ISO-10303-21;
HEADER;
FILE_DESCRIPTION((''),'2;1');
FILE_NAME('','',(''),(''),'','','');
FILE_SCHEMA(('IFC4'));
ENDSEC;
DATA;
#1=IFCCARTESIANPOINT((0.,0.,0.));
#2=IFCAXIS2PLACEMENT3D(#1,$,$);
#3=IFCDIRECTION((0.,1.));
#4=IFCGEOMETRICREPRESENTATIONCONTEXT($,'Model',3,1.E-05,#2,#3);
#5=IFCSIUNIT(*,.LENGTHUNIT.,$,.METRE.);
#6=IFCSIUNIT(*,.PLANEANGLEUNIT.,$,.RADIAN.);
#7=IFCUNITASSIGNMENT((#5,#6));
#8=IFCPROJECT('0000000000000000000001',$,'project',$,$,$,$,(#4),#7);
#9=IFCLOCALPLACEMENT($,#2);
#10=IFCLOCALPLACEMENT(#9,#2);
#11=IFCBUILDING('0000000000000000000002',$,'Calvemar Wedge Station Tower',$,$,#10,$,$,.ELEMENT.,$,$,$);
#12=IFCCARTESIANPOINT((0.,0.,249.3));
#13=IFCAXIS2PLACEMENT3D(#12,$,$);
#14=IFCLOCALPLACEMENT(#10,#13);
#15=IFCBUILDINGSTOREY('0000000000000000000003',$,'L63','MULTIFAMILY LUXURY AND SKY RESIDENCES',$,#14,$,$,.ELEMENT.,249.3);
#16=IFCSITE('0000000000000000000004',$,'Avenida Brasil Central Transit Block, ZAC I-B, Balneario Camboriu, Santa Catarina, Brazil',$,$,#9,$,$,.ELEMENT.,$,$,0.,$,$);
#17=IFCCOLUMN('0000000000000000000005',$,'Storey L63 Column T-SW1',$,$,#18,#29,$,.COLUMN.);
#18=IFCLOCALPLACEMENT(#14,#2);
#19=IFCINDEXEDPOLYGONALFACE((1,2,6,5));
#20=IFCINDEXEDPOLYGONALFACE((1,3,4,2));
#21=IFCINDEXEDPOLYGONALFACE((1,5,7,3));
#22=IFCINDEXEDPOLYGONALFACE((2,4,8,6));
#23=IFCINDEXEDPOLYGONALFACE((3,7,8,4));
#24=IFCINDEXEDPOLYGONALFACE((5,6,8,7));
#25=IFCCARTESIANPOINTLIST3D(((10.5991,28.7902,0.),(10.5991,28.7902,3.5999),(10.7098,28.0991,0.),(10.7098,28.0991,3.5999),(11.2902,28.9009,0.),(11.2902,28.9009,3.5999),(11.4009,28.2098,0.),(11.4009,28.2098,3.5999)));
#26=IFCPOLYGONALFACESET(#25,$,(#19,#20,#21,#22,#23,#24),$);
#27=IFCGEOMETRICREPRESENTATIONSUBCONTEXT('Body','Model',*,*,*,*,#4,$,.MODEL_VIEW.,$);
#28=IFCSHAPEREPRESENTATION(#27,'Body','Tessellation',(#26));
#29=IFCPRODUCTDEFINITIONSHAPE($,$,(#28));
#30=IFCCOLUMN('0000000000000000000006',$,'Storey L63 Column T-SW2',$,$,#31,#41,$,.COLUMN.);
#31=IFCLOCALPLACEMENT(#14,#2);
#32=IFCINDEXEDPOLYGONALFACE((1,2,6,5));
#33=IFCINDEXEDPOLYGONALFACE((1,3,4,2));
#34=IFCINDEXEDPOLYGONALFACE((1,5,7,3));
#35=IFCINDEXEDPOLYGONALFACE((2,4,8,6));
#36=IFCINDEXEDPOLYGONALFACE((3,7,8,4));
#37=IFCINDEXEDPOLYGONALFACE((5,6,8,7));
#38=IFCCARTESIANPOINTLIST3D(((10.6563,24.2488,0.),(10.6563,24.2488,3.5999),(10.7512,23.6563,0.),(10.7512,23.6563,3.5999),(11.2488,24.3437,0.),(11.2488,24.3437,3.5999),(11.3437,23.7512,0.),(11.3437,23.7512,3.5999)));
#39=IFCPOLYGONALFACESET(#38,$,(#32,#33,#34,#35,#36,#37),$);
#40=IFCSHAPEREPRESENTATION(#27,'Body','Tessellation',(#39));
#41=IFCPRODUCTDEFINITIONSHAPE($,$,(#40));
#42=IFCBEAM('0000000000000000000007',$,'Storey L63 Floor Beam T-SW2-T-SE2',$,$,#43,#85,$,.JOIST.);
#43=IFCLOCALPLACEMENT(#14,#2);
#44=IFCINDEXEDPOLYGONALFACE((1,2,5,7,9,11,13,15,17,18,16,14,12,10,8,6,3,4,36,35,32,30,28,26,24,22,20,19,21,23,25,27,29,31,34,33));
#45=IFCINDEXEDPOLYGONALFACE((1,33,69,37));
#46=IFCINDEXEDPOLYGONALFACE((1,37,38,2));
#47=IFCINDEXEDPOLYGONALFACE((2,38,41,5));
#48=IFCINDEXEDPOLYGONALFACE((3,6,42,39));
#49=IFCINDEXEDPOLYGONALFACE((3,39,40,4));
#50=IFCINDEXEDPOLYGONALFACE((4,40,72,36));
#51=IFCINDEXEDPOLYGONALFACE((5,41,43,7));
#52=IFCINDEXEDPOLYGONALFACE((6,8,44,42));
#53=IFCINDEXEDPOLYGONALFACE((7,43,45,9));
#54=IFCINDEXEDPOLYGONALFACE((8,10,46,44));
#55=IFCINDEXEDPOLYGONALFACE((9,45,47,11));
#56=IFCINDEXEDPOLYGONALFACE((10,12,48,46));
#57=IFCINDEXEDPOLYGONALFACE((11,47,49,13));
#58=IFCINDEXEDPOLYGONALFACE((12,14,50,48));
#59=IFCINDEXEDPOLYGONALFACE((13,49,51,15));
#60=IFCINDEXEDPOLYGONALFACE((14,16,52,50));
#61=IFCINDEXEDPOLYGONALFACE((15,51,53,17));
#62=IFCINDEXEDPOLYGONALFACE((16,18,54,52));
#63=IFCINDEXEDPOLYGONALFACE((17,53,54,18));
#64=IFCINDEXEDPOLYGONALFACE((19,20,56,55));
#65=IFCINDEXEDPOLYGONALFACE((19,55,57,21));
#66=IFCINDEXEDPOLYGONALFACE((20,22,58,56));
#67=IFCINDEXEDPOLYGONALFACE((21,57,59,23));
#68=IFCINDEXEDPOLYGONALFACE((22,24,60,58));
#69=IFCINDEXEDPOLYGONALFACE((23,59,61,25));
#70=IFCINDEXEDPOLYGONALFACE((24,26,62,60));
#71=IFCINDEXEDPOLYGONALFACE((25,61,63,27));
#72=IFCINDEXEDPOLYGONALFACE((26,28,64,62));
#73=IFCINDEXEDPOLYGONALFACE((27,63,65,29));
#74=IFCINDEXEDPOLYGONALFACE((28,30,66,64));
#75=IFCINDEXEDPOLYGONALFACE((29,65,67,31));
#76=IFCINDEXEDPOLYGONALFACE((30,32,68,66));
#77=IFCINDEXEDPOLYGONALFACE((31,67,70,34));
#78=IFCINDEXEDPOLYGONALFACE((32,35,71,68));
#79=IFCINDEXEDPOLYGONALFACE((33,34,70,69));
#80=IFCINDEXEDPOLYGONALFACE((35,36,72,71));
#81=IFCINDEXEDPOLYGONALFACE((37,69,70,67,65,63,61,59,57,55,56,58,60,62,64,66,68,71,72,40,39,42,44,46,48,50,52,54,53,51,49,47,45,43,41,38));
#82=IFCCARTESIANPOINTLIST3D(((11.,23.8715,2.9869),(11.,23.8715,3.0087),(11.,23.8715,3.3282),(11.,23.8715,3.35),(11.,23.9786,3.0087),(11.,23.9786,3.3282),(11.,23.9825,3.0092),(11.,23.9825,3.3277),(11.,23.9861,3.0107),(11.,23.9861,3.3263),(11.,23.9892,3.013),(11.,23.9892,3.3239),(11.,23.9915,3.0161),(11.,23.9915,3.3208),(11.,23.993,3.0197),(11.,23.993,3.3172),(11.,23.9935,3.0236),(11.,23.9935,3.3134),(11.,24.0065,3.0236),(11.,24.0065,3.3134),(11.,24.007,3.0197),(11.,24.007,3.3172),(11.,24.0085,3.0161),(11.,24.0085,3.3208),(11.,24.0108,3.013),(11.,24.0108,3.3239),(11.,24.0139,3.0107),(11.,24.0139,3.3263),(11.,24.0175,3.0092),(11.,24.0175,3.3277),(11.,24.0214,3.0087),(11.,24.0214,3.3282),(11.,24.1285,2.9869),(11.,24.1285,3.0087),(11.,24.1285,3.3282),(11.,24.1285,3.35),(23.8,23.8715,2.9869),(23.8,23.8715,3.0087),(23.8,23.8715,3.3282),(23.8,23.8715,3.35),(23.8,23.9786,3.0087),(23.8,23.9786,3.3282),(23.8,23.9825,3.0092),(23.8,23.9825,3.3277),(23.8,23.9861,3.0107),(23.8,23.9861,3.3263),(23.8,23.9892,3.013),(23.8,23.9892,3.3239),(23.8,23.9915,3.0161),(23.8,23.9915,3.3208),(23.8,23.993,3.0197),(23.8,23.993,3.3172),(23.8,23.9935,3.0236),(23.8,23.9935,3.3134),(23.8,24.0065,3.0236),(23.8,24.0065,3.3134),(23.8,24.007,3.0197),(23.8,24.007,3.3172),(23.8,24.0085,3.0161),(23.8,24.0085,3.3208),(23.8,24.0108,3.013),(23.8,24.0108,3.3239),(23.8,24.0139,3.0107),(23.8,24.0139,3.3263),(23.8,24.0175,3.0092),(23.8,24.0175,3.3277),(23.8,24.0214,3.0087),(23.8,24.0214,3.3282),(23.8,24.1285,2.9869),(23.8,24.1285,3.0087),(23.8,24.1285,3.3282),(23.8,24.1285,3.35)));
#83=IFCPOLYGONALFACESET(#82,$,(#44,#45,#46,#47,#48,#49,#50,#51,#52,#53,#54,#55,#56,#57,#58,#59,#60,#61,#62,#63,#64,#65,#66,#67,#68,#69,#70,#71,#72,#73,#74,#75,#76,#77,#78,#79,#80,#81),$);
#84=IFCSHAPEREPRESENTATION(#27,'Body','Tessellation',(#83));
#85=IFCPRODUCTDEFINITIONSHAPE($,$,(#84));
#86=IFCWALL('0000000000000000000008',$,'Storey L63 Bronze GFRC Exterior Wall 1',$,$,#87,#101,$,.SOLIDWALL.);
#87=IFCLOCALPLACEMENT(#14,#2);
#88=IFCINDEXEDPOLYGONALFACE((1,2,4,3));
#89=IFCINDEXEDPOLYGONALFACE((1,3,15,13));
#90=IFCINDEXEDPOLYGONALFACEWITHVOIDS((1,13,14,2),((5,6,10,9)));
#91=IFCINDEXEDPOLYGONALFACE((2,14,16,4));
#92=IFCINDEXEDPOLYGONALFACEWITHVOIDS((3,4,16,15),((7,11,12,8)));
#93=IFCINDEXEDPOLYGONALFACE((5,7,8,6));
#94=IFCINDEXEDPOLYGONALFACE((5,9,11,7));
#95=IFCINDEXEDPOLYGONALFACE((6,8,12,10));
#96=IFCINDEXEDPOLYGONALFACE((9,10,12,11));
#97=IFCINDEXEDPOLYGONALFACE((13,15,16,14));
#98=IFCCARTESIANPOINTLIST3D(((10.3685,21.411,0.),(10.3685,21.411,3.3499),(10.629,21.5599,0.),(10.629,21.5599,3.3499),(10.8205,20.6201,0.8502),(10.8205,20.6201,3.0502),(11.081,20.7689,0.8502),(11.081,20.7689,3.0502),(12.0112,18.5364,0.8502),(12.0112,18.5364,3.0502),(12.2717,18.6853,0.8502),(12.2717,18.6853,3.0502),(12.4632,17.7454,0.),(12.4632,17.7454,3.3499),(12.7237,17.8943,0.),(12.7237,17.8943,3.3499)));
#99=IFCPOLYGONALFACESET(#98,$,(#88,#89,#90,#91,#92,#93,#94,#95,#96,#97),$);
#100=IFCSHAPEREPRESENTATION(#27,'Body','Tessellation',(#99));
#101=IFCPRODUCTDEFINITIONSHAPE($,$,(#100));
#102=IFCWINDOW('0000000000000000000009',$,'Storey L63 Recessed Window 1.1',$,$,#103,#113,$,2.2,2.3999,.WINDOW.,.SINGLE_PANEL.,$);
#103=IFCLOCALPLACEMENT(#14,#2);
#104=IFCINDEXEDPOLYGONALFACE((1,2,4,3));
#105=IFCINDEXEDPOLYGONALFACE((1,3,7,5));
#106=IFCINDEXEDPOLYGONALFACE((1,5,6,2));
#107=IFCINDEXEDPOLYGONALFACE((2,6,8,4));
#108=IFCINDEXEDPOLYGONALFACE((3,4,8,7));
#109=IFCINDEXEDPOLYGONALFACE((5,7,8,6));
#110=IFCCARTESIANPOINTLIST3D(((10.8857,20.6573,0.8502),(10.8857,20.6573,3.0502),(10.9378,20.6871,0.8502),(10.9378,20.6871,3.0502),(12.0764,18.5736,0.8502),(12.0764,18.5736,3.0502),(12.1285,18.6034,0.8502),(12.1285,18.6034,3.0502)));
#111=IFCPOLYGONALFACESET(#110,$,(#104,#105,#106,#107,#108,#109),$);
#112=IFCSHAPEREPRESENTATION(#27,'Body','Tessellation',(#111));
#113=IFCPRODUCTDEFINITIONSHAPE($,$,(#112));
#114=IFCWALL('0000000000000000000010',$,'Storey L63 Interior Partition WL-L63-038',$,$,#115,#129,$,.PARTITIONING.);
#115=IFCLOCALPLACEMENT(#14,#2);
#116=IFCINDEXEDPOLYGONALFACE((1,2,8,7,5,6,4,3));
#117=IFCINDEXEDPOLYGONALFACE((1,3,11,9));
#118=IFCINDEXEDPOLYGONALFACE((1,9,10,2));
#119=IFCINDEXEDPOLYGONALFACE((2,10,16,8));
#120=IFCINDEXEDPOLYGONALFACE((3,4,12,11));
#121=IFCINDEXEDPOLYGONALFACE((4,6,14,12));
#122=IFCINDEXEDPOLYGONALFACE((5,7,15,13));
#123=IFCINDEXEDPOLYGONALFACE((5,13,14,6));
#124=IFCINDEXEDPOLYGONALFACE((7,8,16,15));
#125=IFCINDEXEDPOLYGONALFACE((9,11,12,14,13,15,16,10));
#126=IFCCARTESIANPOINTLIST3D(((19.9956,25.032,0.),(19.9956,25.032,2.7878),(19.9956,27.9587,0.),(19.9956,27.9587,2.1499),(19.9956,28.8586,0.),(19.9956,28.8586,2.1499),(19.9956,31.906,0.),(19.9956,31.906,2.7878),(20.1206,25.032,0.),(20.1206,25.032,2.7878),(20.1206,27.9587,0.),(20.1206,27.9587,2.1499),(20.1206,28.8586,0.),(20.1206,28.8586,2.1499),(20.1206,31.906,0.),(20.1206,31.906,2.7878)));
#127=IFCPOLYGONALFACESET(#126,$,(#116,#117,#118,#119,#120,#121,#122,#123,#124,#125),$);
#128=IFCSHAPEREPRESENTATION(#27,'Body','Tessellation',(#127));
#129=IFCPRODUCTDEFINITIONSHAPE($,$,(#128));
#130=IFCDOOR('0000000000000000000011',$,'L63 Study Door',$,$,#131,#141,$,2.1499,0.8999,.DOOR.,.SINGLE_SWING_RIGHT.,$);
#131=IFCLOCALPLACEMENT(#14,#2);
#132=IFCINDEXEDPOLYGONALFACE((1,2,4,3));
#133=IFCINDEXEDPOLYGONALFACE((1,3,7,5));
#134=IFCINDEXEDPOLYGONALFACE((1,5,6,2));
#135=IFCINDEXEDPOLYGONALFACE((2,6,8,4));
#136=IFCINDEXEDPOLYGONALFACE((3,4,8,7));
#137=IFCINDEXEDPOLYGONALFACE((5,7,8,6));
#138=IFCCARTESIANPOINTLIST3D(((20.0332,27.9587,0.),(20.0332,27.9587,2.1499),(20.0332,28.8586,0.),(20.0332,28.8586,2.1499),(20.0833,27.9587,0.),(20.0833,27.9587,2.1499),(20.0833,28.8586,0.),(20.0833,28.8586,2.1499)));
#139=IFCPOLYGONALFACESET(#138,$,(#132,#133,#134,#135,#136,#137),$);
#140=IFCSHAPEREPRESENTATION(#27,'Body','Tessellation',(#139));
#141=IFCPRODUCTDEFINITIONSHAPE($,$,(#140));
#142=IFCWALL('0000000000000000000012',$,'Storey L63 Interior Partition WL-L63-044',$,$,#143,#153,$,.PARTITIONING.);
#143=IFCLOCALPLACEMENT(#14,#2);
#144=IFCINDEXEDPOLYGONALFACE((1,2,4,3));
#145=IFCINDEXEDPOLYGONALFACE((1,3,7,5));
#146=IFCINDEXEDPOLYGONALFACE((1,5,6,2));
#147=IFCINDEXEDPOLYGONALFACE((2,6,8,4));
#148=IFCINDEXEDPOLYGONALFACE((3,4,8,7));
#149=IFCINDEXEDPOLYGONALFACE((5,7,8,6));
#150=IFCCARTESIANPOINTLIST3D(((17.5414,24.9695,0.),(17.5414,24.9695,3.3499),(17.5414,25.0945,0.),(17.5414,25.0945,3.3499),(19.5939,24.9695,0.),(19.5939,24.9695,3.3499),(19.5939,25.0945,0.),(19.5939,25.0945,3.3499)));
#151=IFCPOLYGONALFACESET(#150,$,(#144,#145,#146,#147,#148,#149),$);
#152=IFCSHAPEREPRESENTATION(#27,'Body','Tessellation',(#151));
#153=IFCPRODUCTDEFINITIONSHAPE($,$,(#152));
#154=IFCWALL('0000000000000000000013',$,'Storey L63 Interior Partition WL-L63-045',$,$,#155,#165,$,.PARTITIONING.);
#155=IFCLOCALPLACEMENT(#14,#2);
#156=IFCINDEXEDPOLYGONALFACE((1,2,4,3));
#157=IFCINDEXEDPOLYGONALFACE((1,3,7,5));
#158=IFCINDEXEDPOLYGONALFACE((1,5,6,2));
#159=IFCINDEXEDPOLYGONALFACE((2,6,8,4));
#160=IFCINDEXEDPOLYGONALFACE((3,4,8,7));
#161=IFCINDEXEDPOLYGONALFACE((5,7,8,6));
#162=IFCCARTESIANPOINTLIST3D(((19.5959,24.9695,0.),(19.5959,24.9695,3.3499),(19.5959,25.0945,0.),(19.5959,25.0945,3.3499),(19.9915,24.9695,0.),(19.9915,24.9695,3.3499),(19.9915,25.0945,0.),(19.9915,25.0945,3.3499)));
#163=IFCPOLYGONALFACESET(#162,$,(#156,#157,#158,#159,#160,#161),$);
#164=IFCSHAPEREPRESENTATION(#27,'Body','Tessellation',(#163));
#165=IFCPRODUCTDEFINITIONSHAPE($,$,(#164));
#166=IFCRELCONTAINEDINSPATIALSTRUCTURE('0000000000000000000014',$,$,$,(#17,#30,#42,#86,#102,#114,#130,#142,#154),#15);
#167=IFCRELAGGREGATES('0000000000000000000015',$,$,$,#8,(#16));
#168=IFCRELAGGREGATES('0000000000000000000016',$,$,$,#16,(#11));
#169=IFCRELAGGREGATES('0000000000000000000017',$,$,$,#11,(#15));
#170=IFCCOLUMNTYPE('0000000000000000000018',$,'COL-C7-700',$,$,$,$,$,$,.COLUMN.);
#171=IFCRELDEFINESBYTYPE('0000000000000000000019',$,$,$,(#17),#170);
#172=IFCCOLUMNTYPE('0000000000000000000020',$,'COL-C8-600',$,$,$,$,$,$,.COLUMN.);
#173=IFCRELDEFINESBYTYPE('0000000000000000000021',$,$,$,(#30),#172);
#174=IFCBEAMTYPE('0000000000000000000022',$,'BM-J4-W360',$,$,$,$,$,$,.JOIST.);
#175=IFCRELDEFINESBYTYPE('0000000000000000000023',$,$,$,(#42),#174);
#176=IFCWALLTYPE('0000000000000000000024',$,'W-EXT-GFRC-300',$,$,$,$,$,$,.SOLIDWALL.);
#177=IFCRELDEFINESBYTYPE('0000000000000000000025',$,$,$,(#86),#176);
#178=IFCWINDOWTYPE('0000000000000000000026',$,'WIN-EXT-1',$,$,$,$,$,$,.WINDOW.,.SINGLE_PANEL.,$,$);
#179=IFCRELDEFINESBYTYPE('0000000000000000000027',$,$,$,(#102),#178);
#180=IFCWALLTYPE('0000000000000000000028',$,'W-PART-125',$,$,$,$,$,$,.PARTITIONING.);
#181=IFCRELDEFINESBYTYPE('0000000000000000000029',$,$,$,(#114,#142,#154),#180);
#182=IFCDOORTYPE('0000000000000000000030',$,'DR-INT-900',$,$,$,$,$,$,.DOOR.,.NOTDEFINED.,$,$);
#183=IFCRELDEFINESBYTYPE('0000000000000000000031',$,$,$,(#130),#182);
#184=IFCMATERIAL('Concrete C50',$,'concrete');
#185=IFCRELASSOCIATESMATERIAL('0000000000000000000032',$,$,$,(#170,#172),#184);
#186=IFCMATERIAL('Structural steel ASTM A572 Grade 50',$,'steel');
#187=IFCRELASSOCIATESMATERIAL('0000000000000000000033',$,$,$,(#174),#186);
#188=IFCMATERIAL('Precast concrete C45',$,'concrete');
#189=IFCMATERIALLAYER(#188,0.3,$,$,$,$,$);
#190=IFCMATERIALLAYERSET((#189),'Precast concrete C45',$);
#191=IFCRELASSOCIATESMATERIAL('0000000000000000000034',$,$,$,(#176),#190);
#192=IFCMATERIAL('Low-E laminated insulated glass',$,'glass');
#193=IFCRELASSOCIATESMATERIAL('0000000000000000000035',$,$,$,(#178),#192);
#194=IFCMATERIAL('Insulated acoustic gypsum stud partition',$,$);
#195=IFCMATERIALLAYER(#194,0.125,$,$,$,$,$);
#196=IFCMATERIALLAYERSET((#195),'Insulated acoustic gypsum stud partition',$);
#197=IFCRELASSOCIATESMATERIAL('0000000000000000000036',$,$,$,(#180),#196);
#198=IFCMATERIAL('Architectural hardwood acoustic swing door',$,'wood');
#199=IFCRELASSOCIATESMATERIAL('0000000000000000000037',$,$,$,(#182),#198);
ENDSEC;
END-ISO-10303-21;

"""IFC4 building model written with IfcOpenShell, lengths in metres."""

from ifc_helpers import new_model, si_unit, direction, frame, frame_2d, origin, origin_2d, place, context, subcontext, project, spatial, rectangle, i_section, extrude, source, transform, mapped, material, layer, layer_set, material_profile, profile_set, type_object, element, fill, save


model = new_model("IFC4")

# Units and contexts
model_context = context("Model", 3, precision=1e-05, world=origin(), true_north=direction((0.0, 1.0)))
body_context = subcontext(model_context, "Body", "Model", "MODEL_VIEW")
ifc_project = project(units=[si_unit("LENGTHUNIT", "METRE"), si_unit("PLANEANGLEUNIT", "RADIAN")], contexts=[model_context])

# Site, building, storey
site_placement = place(None, origin())
site = spatial("IfcSite", under=ifc_project, at=site_placement, Name="Avenida Brasil Central Transit Block, ZAC I-B, Balneario Camboriu, Santa Catarina, Brazil", CompositionType="ELEMENT", RefElevation=0.0)
building_placement = place(site_placement, origin())
building = spatial("IfcBuilding", under=site, at=building_placement, Name="Calvemar Wedge Station Tower", CompositionType="ELEMENT")
storey_placement = place(building_placement, frame((0.0, 0.0, 249.3)))
storey = spatial("IfcBuildingStorey", under=building, at=storey_placement, Name="L63", Description="MULTIFAMILY LUXURY AND SKY RESIDENCES", CompositionType="ELEMENT", Elevation=249.3)

# Columns
ifc_material_1 = material(Name="Concrete C50", Category="concrete")
ifc_material_profile_1 = material_profile(ifc_material_1, rectangle(XDim=0.7, YDim=0.7, at=origin_2d()), Name="RC700x700")
ifc_profile_set_1 = profile_set([ifc_material_profile_1], Name="Concrete C50")
column_type_1 = type_object("IfcColumnType", Name="COL-C7-700", PredefinedType="COLUMN", material=ifc_profile_set_1)
shared_shape_1 = source(origin(), body_context, "Body", "SweptSolid", [
    extrude(rectangle(XDim=0.7, YDim=0.7, at=origin_2d()), origin(), (0.0, 0.0, 1.0), 3.5999),
])
column_1_placement = place(storey_placement, frame((11.0, 28.5, 0.0), z_axis=(0.0, 0.0, 1.0), x_axis=(0.158158, -0.987414, 0.0)))
element("IfcColumn", 1, at=column_1_placement, inside=storey, type_object=column_type_1, Name="Storey L63 Column T-SW1", PredefinedType="COLUMN", context=body_context, shape_type="MappedRepresentation", body=[
    mapped(shared_shape_1, transform((0.0, 0.0, 0.0), scale=1.0)),
])
ifc_material_profile_2 = material_profile(ifc_material_1, rectangle(XDim=0.6001, YDim=0.6001, at=origin_2d()), Name="RC600x600")
ifc_profile_set_2 = profile_set([ifc_material_profile_2], Name="Concrete C50")
column_type_2 = type_object("IfcColumnType", Name="COL-C8-600", PredefinedType="COLUMN", material=ifc_profile_set_2)
shared_shape_2 = source(origin(), body_context, "Body", "SweptSolid", [
    extrude(rectangle(XDim=0.6001, YDim=0.6001, at=origin_2d()), origin(), (0.0, 0.0, 1.0), 3.5999),
])
column_2_placement = place(storey_placement, frame((11.0, 24.0, 0.0), z_axis=(0.0, 0.0, 1.0), x_axis=(0.158158, -0.987414, 0.0)))
element("IfcColumn", 2, at=column_2_placement, inside=storey, type_object=column_type_2, Name="Storey L63 Column T-SW2", PredefinedType="COLUMN", context=body_context, shape_type="MappedRepresentation", body=[
    mapped(shared_shape_2, transform((0.0, 0.0, 0.0), scale=1.0)),
])

# Beam
ifc_material_2 = material(Name="Structural steel ASTM A572 Grade 50", Category="steel")
ifc_material_profile_3 = material_profile(ifc_material_2, i_section(OverallWidth=0.2571, OverallDepth=0.363, WebThickness=0.0129, FlangeThickness=0.0217, FilletRadius=0.0149, at=origin_2d()), Name="W360x122")
ifc_profile_set_3 = profile_set([ifc_material_profile_3], Name="Structural steel ASTM A572 Grade 50")
beam_type = type_object("IfcBeamType", Name="BM-J4-W360", PredefinedType="JOIST", material=ifc_profile_set_3)
shared_shape_3 = source(origin(), body_context, "Body", "SweptSolid", [
    extrude(i_section(OverallWidth=0.2571, OverallDepth=0.363, WebThickness=0.0129, FlangeThickness=0.0217, FilletRadius=0.0149, at=origin_2d()), origin(), (0.0, 0.0, 1.0), 12.8),
])
beam_placement = place(storey_placement, frame((11.0, 24.0, 3.1685), z_axis=(1.0, 0.0, 0.0), x_axis=(0.0, 1.0, 0.0)))
element("IfcBeam", 3, at=beam_placement, inside=storey, type_object=beam_type, Name="Storey L63 Floor Beam T-SW2-T-SE2", PredefinedType="JOIST", context=body_context, shape_type="MappedRepresentation", body=[
    mapped(shared_shape_3, transform((0.0, 0.0, 0.0), scale=1.0)),
])

# Wall, opening, window
ifc_material_3 = material(Name="Precast concrete C45", Category="concrete")
ifc_layer_1 = layer(ifc_material_3, 0.3)
ifc_layer_set_1 = layer_set([ifc_layer_1], Name="Precast concrete C45")
wall_type_1 = type_object("IfcWallType", Name="W-EXT-GFRC-300", PredefinedType="SOLIDWALL", material=ifc_layer_set_1)
wall_1_placement = place(storey_placement, frame((10.4988, 21.4854, 0.0), z_axis=(0.0, 0.0, 1.0), x_axis=(0.496164, -0.868229, 0.0)))
wall_1 = element("IfcWall", 4, at=wall_1_placement, inside=storey, type_object=wall_type_1, Name="Storey L63 Bronze GFRC Exterior Wall 1", PredefinedType="SOLIDWALL", context=body_context, shape_type="SweptSolid", body=[
    extrude(rectangle(XDim=4.2219, YDim=0.3, at=frame_2d((2.1108, 0.0))), origin(), (0.0, 0.0, 1.0), 3.3499),
])
shared_shape_4 = source(origin(), body_context, "Body", "SweptSolid", [
    extrude(rectangle(XDim=2.3999, YDim=2.2, at=frame_2d((1.2, 1.1001))), frame((0.0, 0.1602, 0.0), z_axis=(0.0, -1.0, 0.0), x_axis=(1.0, 0.0, 0.0)), (0.0, 0.0, 1.0), 0.3201),
])
opening_1_placement = place(wall_1_placement, frame((0.9109, 0.0, 0.8501)))
opening_1 = element("IfcOpeningElement", 5, at=opening_1_placement, cuts=wall_1, PredefinedType="OPENING", context=body_context, shape_type="MappedRepresentation", body=[
    mapped(shared_shape_4, transform((0.0, 0.0, 0.0), scale=1.0)),
])
ifc_material_4 = material(Name="Low-E laminated insulated glass", Category="glass")
window_type = type_object("IfcWindowType", Name="WIN-EXT-1", PartitioningType="SINGLE_PANEL", PredefinedType="WINDOW", material=ifc_material_4)
shared_shape_5 = source(origin(), body_context, "Body", "SweptSolid", [
    extrude(rectangle(XDim=2.3999, YDim=2.2, at=frame_2d((1.2, 1.1001))), frame((0.0, -0.0149, 0.0), z_axis=(0.0, -1.0, 0.0), x_axis=(1.0, 0.0, 0.0)), (0.0, 0.0, 1.0), 0.0601),
])
window_placement = place(opening_1_placement, origin())
window = element("IfcWindow", 6, at=window_placement, inside=storey, type_object=window_type, Name="Storey L63 Recessed Window 1.1", OverallHeight=2.2, OverallWidth=2.3999, PartitioningType="SINGLE_PANEL", PredefinedType="WINDOW", context=body_context, shape_type="MappedRepresentation", body=[
    mapped(shared_shape_5, transform((0.0, 0.0, 0.0), scale=1.0)),
])
fill(opening_1, window)

# Wall, opening, door
ifc_material_5 = material(Name="Insulated acoustic gypsum stud partition")
ifc_layer_2 = layer(ifc_material_5, 0.125)
ifc_layer_set_2 = layer_set([ifc_layer_2], Name="Insulated acoustic gypsum stud partition")
wall_type_2 = type_object("IfcWallType", Name="W-PART-125", PredefinedType="PARTITIONING", material=ifc_layer_set_2)
wall_2_placement = place(storey_placement, frame((20.0581, 25.032, 0.0), z_axis=(0.0, 0.0, 1.0), x_axis=(0.0, 1.0, 0.0)))
wall_2 = element("IfcWall", 7, at=wall_2_placement, inside=storey, type_object=wall_type_2, Name="Storey L63 Interior Partition WL-L63-038", PredefinedType="PARTITIONING", context=body_context, shape_type="SweptSolid", body=[
    extrude(rectangle(XDim=6.874, YDim=0.125, at=frame_2d((3.437, 0.0))), origin(), (0.0, 0.0, 1.0), 2.7878),
])
shared_shape_6 = source(origin(), body_context, "Body", "SweptSolid", [
    extrude(rectangle(XDim=0.8999, YDim=2.1499, at=frame_2d((0.45, 1.075))), frame((0.0, 0.0725, 0.0), z_axis=(0.0, -1.0, 0.0), x_axis=(1.0, 0.0, 0.0)), (0.0, 0.0, 1.0), 0.145),
])
opening_2_placement = place(wall_2_placement, frame((2.9268, 0.0, 0.0)))
opening_2 = element("IfcOpeningElement", 8, at=opening_2_placement, cuts=wall_2, PredefinedType="OPENING", context=body_context, shape_type="MappedRepresentation", body=[
    mapped(shared_shape_6, transform((0.0, 0.0, 0.0), scale=1.0)),
])
ifc_material_6 = material(Name="Architectural hardwood acoustic swing door", Category="wood")
door_type_1 = type_object("IfcDoorType", Name="DR-INT-900", OperationType="NOTDEFINED", PredefinedType="DOOR", material=ifc_material_6)
shared_shape_7 = source(origin(), body_context, "Body", "SweptSolid", [
    extrude(rectangle(XDim=0.8999, YDim=2.1499, at=frame_2d((0.45, 1.075))), frame((0.0, 0.0249, 0.0), z_axis=(0.0, -1.0, 0.0), x_axis=(1.0, 0.0, 0.0)), (0.0, 0.0, 1.0), 0.05),
])
door_1_placement = place(opening_2_placement, origin())
door_1 = element("IfcDoor", 9, at=door_1_placement, inside=storey, type_object=door_type_1, Name="L63 Study Door", OperationType="SINGLE_SWING_RIGHT", OverallHeight=2.1499, OverallWidth=0.8999, PredefinedType="DOOR", context=body_context, shape_type="MappedRepresentation", body=[
    mapped(shared_shape_7, transform((0.0, 0.0, 0.0), scale=1.0)),
])
fill(opening_2, door_1)

# Walls
wall_3_placement = place(storey_placement, frame((19.594, 25.032, 0.0), z_axis=(0.0, 0.0, 1.0), x_axis=(-1.0, 0.0, 0.0)))
element("IfcWall", 10, at=wall_3_placement, inside=storey, type_object=wall_type_2, Name="Storey L63 Interior Partition WL-L63-044", PredefinedType="PARTITIONING", context=body_context, shape_type="SweptSolid", body=[
    extrude(rectangle(XDim=2.0525, YDim=0.125, at=frame_2d((1.0264, 0.0))), origin(), (0.0, 0.0, 1.0), 3.3499),
])
wall_4_placement = place(storey_placement, frame((19.9915, 25.032, 0.0), z_axis=(0.0, 0.0, 1.0), x_axis=(-1.0, 0.0, 0.0)))
element("IfcWall", 11, at=wall_4_placement, inside=storey, type_object=wall_type_2, Name="Storey L63 Interior Partition WL-L63-045", PredefinedType="PARTITIONING", context=body_context, shape_type="SweptSolid", body=[
    extrude(rectangle(XDim=0.3955, YDim=0.125, at=frame_2d((0.1978, 0.0))), origin(), (0.0, 0.0, 1.0), 3.3499),
])

save(model, "model.ifc")
